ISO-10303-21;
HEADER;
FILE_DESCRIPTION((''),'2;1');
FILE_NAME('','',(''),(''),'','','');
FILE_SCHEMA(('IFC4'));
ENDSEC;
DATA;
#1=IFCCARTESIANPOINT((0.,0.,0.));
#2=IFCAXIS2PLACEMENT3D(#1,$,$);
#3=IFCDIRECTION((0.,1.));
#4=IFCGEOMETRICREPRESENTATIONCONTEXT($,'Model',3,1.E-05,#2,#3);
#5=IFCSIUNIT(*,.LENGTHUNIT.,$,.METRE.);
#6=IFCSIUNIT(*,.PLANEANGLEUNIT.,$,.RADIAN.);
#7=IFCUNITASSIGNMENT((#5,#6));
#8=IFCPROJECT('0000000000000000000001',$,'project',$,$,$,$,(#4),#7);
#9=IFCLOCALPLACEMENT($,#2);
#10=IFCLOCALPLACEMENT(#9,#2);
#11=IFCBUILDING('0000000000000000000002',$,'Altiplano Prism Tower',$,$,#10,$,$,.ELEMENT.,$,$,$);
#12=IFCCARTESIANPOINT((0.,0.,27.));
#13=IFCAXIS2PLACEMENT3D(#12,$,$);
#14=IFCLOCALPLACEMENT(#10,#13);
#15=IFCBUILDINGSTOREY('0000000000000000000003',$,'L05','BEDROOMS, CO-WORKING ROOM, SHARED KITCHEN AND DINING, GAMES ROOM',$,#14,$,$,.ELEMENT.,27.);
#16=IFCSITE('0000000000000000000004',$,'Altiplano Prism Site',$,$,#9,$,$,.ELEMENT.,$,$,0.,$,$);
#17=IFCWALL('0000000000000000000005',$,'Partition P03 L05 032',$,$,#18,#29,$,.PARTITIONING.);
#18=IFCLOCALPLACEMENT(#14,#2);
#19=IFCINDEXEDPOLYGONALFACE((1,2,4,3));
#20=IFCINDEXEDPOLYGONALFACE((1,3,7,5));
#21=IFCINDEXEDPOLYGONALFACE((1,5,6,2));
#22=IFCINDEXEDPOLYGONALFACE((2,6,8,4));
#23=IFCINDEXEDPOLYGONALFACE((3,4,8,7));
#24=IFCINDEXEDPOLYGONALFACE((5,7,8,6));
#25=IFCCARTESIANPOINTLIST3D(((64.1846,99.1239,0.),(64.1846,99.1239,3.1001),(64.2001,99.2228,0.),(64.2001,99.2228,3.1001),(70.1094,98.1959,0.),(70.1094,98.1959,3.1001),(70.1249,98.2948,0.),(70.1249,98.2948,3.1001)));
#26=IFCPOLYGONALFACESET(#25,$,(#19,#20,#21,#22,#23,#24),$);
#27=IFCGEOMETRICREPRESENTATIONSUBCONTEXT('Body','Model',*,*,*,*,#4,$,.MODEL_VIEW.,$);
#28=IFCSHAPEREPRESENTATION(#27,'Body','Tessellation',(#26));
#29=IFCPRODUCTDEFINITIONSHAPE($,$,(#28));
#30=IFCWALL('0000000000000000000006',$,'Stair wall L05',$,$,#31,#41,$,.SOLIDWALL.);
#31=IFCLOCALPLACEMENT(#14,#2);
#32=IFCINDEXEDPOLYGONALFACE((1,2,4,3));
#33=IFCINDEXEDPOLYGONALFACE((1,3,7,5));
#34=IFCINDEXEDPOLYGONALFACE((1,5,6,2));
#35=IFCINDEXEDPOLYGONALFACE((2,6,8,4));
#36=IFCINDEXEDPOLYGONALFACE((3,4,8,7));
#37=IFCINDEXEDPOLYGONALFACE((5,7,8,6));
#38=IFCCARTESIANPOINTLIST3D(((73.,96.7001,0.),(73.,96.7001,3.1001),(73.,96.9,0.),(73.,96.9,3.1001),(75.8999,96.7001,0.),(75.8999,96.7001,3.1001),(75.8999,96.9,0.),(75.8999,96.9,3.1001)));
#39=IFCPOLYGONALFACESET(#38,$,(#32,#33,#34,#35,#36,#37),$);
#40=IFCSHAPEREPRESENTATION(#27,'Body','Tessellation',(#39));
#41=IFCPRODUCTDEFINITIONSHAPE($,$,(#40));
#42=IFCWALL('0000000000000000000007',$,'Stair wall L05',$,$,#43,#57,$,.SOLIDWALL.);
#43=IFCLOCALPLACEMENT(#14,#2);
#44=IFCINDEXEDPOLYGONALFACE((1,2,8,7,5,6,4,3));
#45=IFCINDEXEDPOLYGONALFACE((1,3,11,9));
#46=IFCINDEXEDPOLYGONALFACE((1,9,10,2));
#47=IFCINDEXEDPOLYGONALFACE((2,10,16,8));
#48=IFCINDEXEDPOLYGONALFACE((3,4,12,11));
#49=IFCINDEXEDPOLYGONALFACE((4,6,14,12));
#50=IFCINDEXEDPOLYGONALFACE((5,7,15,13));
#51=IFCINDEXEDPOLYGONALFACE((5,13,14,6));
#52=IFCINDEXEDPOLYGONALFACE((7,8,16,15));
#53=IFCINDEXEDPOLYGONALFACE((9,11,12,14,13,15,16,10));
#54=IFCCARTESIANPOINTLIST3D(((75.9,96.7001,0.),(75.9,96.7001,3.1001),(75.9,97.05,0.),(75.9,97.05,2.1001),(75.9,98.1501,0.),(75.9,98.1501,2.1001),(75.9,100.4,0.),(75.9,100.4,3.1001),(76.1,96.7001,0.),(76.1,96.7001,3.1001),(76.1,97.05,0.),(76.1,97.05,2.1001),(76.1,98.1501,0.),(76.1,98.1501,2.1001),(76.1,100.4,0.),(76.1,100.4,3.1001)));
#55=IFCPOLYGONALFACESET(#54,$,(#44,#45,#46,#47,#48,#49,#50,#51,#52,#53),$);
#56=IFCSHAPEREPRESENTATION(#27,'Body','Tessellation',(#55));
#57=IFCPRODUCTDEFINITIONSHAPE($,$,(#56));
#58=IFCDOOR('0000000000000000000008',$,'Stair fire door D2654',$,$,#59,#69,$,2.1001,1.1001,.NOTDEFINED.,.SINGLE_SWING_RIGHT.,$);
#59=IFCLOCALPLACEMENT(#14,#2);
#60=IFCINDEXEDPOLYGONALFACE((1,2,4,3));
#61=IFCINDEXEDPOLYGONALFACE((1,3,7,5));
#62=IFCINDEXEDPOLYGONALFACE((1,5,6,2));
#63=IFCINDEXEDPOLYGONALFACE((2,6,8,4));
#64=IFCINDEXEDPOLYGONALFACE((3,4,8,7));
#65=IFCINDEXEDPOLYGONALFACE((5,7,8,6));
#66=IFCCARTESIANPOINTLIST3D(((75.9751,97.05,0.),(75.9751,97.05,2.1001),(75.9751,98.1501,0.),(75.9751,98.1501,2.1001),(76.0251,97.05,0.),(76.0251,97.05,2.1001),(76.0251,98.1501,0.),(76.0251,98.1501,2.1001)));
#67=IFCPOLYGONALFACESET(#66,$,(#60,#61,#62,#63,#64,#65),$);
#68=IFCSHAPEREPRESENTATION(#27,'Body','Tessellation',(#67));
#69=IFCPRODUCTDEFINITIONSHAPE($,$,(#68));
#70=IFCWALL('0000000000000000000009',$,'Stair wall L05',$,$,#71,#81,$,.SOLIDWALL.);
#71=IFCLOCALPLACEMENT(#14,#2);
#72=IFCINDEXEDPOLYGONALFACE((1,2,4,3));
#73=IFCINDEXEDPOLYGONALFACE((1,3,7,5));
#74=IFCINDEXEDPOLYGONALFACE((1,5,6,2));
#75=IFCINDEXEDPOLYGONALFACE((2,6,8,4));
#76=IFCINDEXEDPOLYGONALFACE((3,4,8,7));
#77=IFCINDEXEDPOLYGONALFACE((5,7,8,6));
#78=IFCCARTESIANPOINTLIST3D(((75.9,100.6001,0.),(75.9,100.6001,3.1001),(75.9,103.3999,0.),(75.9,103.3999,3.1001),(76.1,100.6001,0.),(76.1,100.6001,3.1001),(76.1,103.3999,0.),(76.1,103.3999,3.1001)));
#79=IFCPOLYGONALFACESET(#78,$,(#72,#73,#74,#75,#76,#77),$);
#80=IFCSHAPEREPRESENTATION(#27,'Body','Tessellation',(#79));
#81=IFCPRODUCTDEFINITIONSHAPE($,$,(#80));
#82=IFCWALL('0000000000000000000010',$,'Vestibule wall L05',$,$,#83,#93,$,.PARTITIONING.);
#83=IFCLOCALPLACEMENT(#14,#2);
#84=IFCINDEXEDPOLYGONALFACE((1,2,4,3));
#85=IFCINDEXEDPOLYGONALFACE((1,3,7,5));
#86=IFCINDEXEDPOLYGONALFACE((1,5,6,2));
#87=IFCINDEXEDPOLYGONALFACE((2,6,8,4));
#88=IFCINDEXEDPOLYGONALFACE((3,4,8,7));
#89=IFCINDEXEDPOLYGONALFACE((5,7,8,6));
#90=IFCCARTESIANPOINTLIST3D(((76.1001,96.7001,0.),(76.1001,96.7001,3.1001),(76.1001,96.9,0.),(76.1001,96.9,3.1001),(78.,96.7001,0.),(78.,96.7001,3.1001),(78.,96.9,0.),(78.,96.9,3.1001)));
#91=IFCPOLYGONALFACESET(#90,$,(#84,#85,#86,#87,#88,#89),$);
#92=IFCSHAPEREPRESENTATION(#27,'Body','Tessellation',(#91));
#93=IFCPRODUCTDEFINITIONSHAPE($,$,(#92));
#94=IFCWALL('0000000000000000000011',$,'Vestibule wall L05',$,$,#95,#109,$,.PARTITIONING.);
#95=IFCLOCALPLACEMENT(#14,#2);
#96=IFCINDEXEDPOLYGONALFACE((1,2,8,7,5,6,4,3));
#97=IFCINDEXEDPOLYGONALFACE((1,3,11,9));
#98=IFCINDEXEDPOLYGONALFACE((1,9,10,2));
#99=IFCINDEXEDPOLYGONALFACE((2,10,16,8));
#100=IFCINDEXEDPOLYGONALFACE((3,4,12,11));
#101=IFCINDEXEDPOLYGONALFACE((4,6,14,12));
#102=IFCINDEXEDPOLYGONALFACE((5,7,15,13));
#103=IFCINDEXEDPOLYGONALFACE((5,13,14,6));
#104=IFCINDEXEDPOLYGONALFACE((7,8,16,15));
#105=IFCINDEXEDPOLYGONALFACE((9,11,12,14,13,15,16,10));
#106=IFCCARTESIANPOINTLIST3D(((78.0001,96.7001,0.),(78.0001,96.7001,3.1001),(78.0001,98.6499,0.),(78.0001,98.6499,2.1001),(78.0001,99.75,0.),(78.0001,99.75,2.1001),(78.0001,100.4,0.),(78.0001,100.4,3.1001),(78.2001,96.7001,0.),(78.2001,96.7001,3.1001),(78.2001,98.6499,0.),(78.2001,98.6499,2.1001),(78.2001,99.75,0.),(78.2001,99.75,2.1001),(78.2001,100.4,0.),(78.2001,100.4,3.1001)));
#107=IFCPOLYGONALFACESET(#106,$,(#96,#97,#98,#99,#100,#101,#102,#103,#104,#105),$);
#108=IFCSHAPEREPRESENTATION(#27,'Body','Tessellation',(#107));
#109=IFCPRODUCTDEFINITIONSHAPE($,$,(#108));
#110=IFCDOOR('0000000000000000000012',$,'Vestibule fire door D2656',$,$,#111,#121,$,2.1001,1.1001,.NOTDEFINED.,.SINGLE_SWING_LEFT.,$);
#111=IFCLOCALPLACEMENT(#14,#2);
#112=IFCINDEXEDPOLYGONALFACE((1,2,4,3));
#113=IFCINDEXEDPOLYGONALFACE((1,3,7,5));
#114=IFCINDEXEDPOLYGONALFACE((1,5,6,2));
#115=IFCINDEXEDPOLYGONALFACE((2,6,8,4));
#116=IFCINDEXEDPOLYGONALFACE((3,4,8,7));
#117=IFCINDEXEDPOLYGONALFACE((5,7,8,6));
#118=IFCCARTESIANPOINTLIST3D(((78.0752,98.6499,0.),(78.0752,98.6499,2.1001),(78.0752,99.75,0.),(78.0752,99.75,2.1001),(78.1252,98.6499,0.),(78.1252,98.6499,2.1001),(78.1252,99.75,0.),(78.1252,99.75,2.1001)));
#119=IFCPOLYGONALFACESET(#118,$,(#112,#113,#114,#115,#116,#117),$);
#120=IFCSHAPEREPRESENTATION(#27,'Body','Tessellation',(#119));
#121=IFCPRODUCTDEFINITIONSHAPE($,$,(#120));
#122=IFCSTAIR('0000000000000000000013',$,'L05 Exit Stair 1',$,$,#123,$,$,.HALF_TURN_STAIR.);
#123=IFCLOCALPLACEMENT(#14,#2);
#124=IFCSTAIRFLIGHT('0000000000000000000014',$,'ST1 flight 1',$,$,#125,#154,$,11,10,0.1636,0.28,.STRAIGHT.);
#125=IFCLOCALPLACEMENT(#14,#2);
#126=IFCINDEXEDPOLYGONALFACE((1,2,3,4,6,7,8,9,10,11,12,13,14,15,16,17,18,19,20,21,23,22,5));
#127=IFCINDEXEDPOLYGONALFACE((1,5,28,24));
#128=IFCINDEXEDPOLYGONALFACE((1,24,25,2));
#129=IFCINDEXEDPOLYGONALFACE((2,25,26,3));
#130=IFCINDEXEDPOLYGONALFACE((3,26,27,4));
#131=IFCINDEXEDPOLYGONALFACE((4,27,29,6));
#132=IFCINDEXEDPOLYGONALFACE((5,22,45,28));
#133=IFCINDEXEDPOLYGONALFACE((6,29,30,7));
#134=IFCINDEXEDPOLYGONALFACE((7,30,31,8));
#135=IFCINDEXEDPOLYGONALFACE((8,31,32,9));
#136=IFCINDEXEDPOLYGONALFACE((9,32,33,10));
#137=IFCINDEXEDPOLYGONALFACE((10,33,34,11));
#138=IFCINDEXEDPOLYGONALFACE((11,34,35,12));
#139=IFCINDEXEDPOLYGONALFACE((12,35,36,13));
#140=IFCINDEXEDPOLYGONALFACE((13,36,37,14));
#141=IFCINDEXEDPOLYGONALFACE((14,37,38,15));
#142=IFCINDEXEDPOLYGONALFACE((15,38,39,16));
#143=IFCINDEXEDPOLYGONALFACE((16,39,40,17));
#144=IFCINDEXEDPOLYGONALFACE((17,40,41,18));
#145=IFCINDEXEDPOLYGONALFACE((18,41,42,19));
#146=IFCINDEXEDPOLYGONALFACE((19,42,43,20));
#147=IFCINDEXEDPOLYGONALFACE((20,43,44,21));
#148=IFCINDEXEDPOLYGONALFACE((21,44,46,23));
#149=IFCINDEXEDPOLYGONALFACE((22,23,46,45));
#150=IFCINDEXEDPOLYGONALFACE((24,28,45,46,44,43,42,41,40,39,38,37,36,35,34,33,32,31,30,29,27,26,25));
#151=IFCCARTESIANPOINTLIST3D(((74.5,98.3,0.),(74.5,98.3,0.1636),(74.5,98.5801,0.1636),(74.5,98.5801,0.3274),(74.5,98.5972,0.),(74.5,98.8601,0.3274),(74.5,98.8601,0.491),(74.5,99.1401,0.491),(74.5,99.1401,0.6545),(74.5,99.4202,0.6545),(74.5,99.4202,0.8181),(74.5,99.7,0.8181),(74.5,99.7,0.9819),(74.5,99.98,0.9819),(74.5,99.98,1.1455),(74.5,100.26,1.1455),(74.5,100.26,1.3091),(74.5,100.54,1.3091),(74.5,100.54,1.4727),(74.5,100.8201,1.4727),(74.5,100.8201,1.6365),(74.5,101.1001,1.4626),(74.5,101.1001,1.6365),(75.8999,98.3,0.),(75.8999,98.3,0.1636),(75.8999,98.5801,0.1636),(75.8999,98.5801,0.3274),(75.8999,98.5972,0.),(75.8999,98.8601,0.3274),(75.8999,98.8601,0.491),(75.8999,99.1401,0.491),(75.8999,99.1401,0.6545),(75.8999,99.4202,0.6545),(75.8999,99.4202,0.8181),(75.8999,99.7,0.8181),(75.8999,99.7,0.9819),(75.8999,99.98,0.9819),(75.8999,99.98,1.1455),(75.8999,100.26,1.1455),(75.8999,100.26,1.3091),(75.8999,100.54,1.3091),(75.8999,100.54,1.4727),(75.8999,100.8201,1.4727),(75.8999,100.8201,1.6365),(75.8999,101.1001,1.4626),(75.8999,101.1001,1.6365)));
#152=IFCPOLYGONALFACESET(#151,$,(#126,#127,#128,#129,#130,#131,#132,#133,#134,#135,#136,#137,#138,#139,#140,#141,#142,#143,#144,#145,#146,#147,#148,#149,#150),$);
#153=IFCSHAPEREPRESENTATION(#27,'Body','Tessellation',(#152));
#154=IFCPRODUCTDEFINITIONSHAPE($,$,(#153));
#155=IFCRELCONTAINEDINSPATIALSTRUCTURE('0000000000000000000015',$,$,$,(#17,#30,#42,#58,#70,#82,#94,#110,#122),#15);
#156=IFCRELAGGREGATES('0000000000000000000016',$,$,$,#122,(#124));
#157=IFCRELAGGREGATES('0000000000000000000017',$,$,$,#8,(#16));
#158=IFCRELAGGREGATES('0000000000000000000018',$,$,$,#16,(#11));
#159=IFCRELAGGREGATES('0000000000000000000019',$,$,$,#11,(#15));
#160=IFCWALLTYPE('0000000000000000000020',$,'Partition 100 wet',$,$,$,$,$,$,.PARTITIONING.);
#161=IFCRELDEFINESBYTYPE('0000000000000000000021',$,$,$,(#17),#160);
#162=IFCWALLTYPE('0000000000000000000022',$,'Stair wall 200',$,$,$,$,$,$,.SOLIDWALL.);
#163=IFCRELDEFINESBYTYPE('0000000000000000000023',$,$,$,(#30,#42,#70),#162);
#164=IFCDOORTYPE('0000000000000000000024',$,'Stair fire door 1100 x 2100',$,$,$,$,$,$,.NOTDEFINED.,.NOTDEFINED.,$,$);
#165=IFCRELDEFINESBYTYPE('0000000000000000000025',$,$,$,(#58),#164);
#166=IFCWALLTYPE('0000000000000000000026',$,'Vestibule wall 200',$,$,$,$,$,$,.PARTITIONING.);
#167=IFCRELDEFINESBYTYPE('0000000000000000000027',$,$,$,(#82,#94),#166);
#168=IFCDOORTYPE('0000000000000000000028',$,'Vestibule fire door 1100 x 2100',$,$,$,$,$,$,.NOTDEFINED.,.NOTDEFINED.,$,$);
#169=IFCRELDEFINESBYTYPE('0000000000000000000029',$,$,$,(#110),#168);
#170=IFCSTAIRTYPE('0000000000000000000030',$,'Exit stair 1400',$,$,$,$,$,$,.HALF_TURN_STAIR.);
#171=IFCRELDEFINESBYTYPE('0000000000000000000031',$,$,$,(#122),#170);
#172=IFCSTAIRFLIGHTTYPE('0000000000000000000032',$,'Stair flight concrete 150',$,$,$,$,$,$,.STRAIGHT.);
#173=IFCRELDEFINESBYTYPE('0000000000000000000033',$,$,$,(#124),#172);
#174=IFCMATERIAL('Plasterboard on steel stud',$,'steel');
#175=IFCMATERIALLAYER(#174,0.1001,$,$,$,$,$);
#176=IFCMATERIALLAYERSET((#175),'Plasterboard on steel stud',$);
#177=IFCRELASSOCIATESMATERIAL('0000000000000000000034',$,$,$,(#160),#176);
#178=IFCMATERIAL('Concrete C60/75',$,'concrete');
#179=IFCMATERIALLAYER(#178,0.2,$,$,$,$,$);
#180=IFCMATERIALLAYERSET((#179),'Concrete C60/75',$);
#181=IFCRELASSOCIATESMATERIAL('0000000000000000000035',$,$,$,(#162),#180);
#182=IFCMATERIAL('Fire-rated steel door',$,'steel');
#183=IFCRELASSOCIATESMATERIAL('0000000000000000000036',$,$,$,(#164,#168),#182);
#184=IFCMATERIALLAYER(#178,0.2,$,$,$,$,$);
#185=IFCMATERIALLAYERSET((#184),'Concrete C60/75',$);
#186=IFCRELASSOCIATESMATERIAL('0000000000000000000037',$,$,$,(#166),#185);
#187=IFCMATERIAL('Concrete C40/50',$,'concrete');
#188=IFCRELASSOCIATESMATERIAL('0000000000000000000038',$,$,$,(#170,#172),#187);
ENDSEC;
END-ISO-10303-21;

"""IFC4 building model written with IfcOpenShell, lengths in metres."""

from ifc_helpers import new_model, si_unit, direction, frame, frame_2d, origin, place, context, subcontext, project, spatial, polyline, rectangle, outline, extrude, material, layer, layer_set, type_object, element, fill, aggregate, save


model = new_model("IFC4")

# Units and contexts
model_context = context("Model", 3, precision=1e-05, world=origin(), true_north=direction((0.0, 1.0)))
body_context = subcontext(model_context, "Body", "Model", "MODEL_VIEW")
ifc_project = project(units=[si_unit("LENGTHUNIT", "METRE"), si_unit("PLANEANGLEUNIT", "RADIAN")], contexts=[model_context])

# Site, building, storey
site_placement = place(None, origin())
site = spatial("IfcSite", under=ifc_project, at=site_placement, Name="Altiplano Prism Site", CompositionType="ELEMENT", RefElevation=0.0)
building_placement = place(site_placement, origin())
building = spatial("IfcBuilding", under=site, at=building_placement, Name="Altiplano Prism Tower", CompositionType="ELEMENT")
storey_placement = place(building_placement, frame((0.0, 0.0, 27.0)))
storey = spatial("IfcBuildingStorey", under=building, at=storey_placement, Name="L05", Description="BEDROOMS, CO-WORKING ROOM, SHARED KITCHEN AND DINING, GAMES ROOM", CompositionType="ELEMENT", Elevation=27.0)

# Walls
ifc_material_1 = material(Name="Plasterboard on steel stud", Category="steel")
ifc_layer_1 = layer(ifc_material_1, 0.1001)
ifc_layer_set_1 = layer_set([ifc_layer_1], Name="Plasterboard on steel stud")
wall_type_1 = type_object("IfcWallType", Name="Partition 100 wet", PredefinedType="PARTITIONING", material=ifc_layer_set_1)
wall_1_placement = place(storey_placement, frame((70.1172, 98.2454, 0.0), z_axis=(0.0, 0.0, 1.0), x_axis=(-0.987955, 0.154739, 0.0)))
element("IfcWall", 1, at=wall_1_placement, inside=storey, type_object=wall_type_1, Name="Partition P03 L05 032", PredefinedType="PARTITIONING", context=body_context, shape_type="SweptSolid", body=[
    extrude(rectangle(XDim=5.9971, YDim=0.1001, at=frame_2d((2.9985, 0.0))), origin(), (0.0, 0.0, 1.0), 3.1001),
])
ifc_material_2 = material(Name="Concrete C60/75", Category="concrete")
ifc_layer_2 = layer(ifc_material_2, 0.2)
ifc_layer_set_2 = layer_set([ifc_layer_2], Name="Concrete C60/75")
wall_type_2 = type_object("IfcWallType", Name="Stair wall 200", PredefinedType="SOLIDWALL", material=ifc_layer_set_2)
wall_2_placement = place(storey_placement, frame((73.0, 96.8, 0.0), z_axis=(0.0, 0.0, 1.0), x_axis=(1.0, 0.0, 0.0)))
element("IfcWall", 2, at=wall_2_placement, inside=storey, type_object=wall_type_2, Name="Stair wall L05", PredefinedType="SOLIDWALL", context=body_context, shape_type="SweptSolid", body=[
    extrude(rectangle(XDim=2.8999, YDim=0.2, at=frame_2d((1.45, 0.0))), origin(), (0.0, 0.0, 1.0), 3.1001),
])

# Wall, opening, door
wall_3_placement = place(storey_placement, frame((76.0, 96.7, 0.0), z_axis=(0.0, 0.0, 1.0), x_axis=(0.0, 1.0, 0.0)))
wall_3 = element("IfcWall", 3, at=wall_3_placement, inside=storey, type_object=wall_type_2, Name="Stair wall L05", PredefinedType="SOLIDWALL", context=body_context, shape_type="SweptSolid", body=[
    extrude(rectangle(XDim=3.7, YDim=0.2, at=frame_2d((1.8501, 0.0))), origin(), (0.0, 0.0, 1.0), 3.1001),
])
opening_1_placement = place(wall_3_placement, frame((0.3501, 0.0, 0.0)))
opening_1 = element("IfcOpeningElement", 4, at=opening_1_placement, cuts=wall_3, PredefinedType="OPENING", context=body_context, shape_type="SweptSolid", body=[
    extrude(rectangle(XDim=1.1001, YDim=2.1001, at=frame_2d((0.55, 1.05))), frame((0.0, 0.1104, 0.0), z_axis=(0.0, -1.0, 0.0), x_axis=(1.0, 0.0, 0.0)), (0.0, 0.0, 1.0), 0.2209),
])
ifc_material_3 = material(Name="Fire-rated steel door", Category="steel")
door_type_1 = type_object("IfcDoorType", Name="Stair fire door 1100 x 2100", OperationType="NOTDEFINED", PredefinedType="NOTDEFINED", material=ifc_material_3)
door_1_placement = place(opening_1_placement, origin())
door_1 = element("IfcDoor", 5, at=door_1_placement, inside=storey, type_object=door_type_1, Name="Stair fire door D2654", OperationType="SINGLE_SWING_RIGHT", OverallHeight=2.1001, OverallWidth=1.1001, PredefinedType="NOTDEFINED", context=body_context, shape_type="SweptSolid", body=[
    extrude(rectangle(XDim=1.1001, YDim=2.1001, at=frame_2d((0.55, 1.05))), frame((0.0, 0.0249, 0.0), z_axis=(0.0, -1.0, 0.0), x_axis=(1.0, 0.0, 0.0)), (0.0, 0.0, 1.0), 0.05),
])
fill(opening_1, door_1)

# Walls
wall_4_placement = place(storey_placement, frame((76.0, 100.6001, 0.0), z_axis=(0.0, 0.0, 1.0), x_axis=(0.0, 1.0, 0.0)))
element("IfcWall", 6, at=wall_4_placement, inside=storey, type_object=wall_type_2, Name="Stair wall L05", PredefinedType="SOLIDWALL", context=body_context, shape_type="SweptSolid", body=[
    extrude(rectangle(XDim=2.7998, YDim=0.2, at=frame_2d((1.3999, 0.0))), origin(), (0.0, 0.0, 1.0), 3.1001),
])
ifc_layer_3 = layer(ifc_material_2, 0.2)
ifc_layer_set_3 = layer_set([ifc_layer_3], Name="Concrete C60/75")
wall_type_3 = type_object("IfcWallType", Name="Vestibule wall 200", PredefinedType="PARTITIONING", material=ifc_layer_set_3)
wall_5_placement = place(storey_placement, frame((76.1001, 96.8, 0.0), z_axis=(0.0, 0.0, 1.0), x_axis=(1.0, 0.0, 0.0)))
element("IfcWall", 7, at=wall_5_placement, inside=storey, type_object=wall_type_3, Name="Vestibule wall L05", PredefinedType="PARTITIONING", context=body_context, shape_type="SweptSolid", body=[
    extrude(rectangle(XDim=1.8999, YDim=0.2, at=frame_2d((0.95, 0.0))), origin(), (0.0, 0.0, 1.0), 3.1001),
])

# Wall, opening, door
wall_6_placement = place(storey_placement, frame((78.1001, 96.7, 0.0), z_axis=(0.0, 0.0, 1.0), x_axis=(0.0, 1.0, 0.0)))
wall_6 = element("IfcWall", 8, at=wall_6_placement, inside=storey, type_object=wall_type_3, Name="Vestibule wall L05", PredefinedType="PARTITIONING", context=body_context, shape_type="SweptSolid", body=[
    extrude(rectangle(XDim=3.7, YDim=0.2, at=frame_2d((1.8501, 0.0))), origin(), (0.0, 0.0, 1.0), 3.1001),
])
opening_2_placement = place(wall_6_placement, frame((1.95, 0.0, 0.0)))
opening_2 = element("IfcOpeningElement", 9, at=opening_2_placement, cuts=wall_6, PredefinedType="OPENING", context=body_context, shape_type="SweptSolid", body=[
    extrude(rectangle(XDim=1.1001, YDim=2.1001, at=frame_2d((0.55, 1.05))), frame((0.0, 0.1104, 0.0), z_axis=(0.0, -1.0, 0.0), x_axis=(1.0, 0.0, 0.0)), (0.0, 0.0, 1.0), 0.2209),
])
door_type_2 = type_object("IfcDoorType", Name="Vestibule fire door 1100 x 2100", OperationType="NOTDEFINED", PredefinedType="NOTDEFINED", material=ifc_material_3)
door_2_placement = place(opening_2_placement, origin())
door_2 = element("IfcDoor", 10, at=door_2_placement, inside=storey, type_object=door_type_2, Name="Vestibule fire door D2656", OperationType="SINGLE_SWING_LEFT", OverallHeight=2.1001, OverallWidth=1.1001, PredefinedType="NOTDEFINED", context=body_context, shape_type="SweptSolid", body=[
    extrude(rectangle(XDim=1.1001, YDim=2.1001, at=frame_2d((0.55, 1.05))), frame((0.0, 0.0249, 0.0), z_axis=(0.0, -1.0, 0.0), x_axis=(1.0, 0.0, 0.0)), (0.0, 0.0, 1.0), 0.05),
])
fill(opening_2, door_2)

# Stair, stair flight
ifc_material_4 = material(Name="Concrete C40/50", Category="concrete")
stair_type = type_object("IfcStairType", Name="Exit stair 1400", PredefinedType="HALF_TURN_STAIR", material=ifc_material_4)
stair_placement = place(storey_placement, origin())
stair = element("IfcStair", 11, at=stair_placement, inside=storey, type_object=stair_type, Name="L05 Exit Stair 1", PredefinedType="HALF_TURN_STAIR")
stair_flight_type = type_object("IfcStairFlightType", Name="Stair flight concrete 150", PredefinedType="STRAIGHT", material=ifc_material_4)
stair_flight_placement = place(storey_placement, frame((75.2, 98.3, 0.0), z_axis=(0.0, 0.0, 1.0), x_axis=(0.0, 1.0, 0.0)))
stair_flight = element("IfcStairFlight", 12, at=stair_flight_placement, type_object=stair_flight_type, Name="ST1 flight 1", NumberOfRisers=11, NumberOfTreads=10, PredefinedType="STRAIGHT", RiserHeight=0.1636, TreadLength=0.28, context=body_context, shape_type="SweptSolid", body=[
    extrude(outline(polyline([(0.0, 0.0), (0.0, 0.1636), (0.28, 0.1636), (0.28, 0.3274), (0.5601, 0.3274), (0.5601, 0.491), (0.8401, 0.491), (0.8401, 0.6545), (1.1201, 0.6545), (1.1201, 0.8181), (1.3999, 0.8181), (1.3999, 0.9819), (1.6799, 0.9819), (1.6799, 1.1455), (1.96, 1.1455), (1.96, 1.3091), (2.24, 1.3091), (2.24, 1.4727), (2.52, 1.4727), (2.52, 1.6365), (2.8, 1.6365), (2.8, 1.8), (2.8, 1.4626), (0.2971, 0.0), (0.0, 0.0)])), frame((0.0, 0.7, 0.0), z_axis=(0.0, -1.0, 0.0), x_axis=(1.0, 0.0, 0.0)), (0.0, 0.0, 1.0), 1.3999),
])
aggregate(stair, [stair_flight])

save(model, "model.ifc")
